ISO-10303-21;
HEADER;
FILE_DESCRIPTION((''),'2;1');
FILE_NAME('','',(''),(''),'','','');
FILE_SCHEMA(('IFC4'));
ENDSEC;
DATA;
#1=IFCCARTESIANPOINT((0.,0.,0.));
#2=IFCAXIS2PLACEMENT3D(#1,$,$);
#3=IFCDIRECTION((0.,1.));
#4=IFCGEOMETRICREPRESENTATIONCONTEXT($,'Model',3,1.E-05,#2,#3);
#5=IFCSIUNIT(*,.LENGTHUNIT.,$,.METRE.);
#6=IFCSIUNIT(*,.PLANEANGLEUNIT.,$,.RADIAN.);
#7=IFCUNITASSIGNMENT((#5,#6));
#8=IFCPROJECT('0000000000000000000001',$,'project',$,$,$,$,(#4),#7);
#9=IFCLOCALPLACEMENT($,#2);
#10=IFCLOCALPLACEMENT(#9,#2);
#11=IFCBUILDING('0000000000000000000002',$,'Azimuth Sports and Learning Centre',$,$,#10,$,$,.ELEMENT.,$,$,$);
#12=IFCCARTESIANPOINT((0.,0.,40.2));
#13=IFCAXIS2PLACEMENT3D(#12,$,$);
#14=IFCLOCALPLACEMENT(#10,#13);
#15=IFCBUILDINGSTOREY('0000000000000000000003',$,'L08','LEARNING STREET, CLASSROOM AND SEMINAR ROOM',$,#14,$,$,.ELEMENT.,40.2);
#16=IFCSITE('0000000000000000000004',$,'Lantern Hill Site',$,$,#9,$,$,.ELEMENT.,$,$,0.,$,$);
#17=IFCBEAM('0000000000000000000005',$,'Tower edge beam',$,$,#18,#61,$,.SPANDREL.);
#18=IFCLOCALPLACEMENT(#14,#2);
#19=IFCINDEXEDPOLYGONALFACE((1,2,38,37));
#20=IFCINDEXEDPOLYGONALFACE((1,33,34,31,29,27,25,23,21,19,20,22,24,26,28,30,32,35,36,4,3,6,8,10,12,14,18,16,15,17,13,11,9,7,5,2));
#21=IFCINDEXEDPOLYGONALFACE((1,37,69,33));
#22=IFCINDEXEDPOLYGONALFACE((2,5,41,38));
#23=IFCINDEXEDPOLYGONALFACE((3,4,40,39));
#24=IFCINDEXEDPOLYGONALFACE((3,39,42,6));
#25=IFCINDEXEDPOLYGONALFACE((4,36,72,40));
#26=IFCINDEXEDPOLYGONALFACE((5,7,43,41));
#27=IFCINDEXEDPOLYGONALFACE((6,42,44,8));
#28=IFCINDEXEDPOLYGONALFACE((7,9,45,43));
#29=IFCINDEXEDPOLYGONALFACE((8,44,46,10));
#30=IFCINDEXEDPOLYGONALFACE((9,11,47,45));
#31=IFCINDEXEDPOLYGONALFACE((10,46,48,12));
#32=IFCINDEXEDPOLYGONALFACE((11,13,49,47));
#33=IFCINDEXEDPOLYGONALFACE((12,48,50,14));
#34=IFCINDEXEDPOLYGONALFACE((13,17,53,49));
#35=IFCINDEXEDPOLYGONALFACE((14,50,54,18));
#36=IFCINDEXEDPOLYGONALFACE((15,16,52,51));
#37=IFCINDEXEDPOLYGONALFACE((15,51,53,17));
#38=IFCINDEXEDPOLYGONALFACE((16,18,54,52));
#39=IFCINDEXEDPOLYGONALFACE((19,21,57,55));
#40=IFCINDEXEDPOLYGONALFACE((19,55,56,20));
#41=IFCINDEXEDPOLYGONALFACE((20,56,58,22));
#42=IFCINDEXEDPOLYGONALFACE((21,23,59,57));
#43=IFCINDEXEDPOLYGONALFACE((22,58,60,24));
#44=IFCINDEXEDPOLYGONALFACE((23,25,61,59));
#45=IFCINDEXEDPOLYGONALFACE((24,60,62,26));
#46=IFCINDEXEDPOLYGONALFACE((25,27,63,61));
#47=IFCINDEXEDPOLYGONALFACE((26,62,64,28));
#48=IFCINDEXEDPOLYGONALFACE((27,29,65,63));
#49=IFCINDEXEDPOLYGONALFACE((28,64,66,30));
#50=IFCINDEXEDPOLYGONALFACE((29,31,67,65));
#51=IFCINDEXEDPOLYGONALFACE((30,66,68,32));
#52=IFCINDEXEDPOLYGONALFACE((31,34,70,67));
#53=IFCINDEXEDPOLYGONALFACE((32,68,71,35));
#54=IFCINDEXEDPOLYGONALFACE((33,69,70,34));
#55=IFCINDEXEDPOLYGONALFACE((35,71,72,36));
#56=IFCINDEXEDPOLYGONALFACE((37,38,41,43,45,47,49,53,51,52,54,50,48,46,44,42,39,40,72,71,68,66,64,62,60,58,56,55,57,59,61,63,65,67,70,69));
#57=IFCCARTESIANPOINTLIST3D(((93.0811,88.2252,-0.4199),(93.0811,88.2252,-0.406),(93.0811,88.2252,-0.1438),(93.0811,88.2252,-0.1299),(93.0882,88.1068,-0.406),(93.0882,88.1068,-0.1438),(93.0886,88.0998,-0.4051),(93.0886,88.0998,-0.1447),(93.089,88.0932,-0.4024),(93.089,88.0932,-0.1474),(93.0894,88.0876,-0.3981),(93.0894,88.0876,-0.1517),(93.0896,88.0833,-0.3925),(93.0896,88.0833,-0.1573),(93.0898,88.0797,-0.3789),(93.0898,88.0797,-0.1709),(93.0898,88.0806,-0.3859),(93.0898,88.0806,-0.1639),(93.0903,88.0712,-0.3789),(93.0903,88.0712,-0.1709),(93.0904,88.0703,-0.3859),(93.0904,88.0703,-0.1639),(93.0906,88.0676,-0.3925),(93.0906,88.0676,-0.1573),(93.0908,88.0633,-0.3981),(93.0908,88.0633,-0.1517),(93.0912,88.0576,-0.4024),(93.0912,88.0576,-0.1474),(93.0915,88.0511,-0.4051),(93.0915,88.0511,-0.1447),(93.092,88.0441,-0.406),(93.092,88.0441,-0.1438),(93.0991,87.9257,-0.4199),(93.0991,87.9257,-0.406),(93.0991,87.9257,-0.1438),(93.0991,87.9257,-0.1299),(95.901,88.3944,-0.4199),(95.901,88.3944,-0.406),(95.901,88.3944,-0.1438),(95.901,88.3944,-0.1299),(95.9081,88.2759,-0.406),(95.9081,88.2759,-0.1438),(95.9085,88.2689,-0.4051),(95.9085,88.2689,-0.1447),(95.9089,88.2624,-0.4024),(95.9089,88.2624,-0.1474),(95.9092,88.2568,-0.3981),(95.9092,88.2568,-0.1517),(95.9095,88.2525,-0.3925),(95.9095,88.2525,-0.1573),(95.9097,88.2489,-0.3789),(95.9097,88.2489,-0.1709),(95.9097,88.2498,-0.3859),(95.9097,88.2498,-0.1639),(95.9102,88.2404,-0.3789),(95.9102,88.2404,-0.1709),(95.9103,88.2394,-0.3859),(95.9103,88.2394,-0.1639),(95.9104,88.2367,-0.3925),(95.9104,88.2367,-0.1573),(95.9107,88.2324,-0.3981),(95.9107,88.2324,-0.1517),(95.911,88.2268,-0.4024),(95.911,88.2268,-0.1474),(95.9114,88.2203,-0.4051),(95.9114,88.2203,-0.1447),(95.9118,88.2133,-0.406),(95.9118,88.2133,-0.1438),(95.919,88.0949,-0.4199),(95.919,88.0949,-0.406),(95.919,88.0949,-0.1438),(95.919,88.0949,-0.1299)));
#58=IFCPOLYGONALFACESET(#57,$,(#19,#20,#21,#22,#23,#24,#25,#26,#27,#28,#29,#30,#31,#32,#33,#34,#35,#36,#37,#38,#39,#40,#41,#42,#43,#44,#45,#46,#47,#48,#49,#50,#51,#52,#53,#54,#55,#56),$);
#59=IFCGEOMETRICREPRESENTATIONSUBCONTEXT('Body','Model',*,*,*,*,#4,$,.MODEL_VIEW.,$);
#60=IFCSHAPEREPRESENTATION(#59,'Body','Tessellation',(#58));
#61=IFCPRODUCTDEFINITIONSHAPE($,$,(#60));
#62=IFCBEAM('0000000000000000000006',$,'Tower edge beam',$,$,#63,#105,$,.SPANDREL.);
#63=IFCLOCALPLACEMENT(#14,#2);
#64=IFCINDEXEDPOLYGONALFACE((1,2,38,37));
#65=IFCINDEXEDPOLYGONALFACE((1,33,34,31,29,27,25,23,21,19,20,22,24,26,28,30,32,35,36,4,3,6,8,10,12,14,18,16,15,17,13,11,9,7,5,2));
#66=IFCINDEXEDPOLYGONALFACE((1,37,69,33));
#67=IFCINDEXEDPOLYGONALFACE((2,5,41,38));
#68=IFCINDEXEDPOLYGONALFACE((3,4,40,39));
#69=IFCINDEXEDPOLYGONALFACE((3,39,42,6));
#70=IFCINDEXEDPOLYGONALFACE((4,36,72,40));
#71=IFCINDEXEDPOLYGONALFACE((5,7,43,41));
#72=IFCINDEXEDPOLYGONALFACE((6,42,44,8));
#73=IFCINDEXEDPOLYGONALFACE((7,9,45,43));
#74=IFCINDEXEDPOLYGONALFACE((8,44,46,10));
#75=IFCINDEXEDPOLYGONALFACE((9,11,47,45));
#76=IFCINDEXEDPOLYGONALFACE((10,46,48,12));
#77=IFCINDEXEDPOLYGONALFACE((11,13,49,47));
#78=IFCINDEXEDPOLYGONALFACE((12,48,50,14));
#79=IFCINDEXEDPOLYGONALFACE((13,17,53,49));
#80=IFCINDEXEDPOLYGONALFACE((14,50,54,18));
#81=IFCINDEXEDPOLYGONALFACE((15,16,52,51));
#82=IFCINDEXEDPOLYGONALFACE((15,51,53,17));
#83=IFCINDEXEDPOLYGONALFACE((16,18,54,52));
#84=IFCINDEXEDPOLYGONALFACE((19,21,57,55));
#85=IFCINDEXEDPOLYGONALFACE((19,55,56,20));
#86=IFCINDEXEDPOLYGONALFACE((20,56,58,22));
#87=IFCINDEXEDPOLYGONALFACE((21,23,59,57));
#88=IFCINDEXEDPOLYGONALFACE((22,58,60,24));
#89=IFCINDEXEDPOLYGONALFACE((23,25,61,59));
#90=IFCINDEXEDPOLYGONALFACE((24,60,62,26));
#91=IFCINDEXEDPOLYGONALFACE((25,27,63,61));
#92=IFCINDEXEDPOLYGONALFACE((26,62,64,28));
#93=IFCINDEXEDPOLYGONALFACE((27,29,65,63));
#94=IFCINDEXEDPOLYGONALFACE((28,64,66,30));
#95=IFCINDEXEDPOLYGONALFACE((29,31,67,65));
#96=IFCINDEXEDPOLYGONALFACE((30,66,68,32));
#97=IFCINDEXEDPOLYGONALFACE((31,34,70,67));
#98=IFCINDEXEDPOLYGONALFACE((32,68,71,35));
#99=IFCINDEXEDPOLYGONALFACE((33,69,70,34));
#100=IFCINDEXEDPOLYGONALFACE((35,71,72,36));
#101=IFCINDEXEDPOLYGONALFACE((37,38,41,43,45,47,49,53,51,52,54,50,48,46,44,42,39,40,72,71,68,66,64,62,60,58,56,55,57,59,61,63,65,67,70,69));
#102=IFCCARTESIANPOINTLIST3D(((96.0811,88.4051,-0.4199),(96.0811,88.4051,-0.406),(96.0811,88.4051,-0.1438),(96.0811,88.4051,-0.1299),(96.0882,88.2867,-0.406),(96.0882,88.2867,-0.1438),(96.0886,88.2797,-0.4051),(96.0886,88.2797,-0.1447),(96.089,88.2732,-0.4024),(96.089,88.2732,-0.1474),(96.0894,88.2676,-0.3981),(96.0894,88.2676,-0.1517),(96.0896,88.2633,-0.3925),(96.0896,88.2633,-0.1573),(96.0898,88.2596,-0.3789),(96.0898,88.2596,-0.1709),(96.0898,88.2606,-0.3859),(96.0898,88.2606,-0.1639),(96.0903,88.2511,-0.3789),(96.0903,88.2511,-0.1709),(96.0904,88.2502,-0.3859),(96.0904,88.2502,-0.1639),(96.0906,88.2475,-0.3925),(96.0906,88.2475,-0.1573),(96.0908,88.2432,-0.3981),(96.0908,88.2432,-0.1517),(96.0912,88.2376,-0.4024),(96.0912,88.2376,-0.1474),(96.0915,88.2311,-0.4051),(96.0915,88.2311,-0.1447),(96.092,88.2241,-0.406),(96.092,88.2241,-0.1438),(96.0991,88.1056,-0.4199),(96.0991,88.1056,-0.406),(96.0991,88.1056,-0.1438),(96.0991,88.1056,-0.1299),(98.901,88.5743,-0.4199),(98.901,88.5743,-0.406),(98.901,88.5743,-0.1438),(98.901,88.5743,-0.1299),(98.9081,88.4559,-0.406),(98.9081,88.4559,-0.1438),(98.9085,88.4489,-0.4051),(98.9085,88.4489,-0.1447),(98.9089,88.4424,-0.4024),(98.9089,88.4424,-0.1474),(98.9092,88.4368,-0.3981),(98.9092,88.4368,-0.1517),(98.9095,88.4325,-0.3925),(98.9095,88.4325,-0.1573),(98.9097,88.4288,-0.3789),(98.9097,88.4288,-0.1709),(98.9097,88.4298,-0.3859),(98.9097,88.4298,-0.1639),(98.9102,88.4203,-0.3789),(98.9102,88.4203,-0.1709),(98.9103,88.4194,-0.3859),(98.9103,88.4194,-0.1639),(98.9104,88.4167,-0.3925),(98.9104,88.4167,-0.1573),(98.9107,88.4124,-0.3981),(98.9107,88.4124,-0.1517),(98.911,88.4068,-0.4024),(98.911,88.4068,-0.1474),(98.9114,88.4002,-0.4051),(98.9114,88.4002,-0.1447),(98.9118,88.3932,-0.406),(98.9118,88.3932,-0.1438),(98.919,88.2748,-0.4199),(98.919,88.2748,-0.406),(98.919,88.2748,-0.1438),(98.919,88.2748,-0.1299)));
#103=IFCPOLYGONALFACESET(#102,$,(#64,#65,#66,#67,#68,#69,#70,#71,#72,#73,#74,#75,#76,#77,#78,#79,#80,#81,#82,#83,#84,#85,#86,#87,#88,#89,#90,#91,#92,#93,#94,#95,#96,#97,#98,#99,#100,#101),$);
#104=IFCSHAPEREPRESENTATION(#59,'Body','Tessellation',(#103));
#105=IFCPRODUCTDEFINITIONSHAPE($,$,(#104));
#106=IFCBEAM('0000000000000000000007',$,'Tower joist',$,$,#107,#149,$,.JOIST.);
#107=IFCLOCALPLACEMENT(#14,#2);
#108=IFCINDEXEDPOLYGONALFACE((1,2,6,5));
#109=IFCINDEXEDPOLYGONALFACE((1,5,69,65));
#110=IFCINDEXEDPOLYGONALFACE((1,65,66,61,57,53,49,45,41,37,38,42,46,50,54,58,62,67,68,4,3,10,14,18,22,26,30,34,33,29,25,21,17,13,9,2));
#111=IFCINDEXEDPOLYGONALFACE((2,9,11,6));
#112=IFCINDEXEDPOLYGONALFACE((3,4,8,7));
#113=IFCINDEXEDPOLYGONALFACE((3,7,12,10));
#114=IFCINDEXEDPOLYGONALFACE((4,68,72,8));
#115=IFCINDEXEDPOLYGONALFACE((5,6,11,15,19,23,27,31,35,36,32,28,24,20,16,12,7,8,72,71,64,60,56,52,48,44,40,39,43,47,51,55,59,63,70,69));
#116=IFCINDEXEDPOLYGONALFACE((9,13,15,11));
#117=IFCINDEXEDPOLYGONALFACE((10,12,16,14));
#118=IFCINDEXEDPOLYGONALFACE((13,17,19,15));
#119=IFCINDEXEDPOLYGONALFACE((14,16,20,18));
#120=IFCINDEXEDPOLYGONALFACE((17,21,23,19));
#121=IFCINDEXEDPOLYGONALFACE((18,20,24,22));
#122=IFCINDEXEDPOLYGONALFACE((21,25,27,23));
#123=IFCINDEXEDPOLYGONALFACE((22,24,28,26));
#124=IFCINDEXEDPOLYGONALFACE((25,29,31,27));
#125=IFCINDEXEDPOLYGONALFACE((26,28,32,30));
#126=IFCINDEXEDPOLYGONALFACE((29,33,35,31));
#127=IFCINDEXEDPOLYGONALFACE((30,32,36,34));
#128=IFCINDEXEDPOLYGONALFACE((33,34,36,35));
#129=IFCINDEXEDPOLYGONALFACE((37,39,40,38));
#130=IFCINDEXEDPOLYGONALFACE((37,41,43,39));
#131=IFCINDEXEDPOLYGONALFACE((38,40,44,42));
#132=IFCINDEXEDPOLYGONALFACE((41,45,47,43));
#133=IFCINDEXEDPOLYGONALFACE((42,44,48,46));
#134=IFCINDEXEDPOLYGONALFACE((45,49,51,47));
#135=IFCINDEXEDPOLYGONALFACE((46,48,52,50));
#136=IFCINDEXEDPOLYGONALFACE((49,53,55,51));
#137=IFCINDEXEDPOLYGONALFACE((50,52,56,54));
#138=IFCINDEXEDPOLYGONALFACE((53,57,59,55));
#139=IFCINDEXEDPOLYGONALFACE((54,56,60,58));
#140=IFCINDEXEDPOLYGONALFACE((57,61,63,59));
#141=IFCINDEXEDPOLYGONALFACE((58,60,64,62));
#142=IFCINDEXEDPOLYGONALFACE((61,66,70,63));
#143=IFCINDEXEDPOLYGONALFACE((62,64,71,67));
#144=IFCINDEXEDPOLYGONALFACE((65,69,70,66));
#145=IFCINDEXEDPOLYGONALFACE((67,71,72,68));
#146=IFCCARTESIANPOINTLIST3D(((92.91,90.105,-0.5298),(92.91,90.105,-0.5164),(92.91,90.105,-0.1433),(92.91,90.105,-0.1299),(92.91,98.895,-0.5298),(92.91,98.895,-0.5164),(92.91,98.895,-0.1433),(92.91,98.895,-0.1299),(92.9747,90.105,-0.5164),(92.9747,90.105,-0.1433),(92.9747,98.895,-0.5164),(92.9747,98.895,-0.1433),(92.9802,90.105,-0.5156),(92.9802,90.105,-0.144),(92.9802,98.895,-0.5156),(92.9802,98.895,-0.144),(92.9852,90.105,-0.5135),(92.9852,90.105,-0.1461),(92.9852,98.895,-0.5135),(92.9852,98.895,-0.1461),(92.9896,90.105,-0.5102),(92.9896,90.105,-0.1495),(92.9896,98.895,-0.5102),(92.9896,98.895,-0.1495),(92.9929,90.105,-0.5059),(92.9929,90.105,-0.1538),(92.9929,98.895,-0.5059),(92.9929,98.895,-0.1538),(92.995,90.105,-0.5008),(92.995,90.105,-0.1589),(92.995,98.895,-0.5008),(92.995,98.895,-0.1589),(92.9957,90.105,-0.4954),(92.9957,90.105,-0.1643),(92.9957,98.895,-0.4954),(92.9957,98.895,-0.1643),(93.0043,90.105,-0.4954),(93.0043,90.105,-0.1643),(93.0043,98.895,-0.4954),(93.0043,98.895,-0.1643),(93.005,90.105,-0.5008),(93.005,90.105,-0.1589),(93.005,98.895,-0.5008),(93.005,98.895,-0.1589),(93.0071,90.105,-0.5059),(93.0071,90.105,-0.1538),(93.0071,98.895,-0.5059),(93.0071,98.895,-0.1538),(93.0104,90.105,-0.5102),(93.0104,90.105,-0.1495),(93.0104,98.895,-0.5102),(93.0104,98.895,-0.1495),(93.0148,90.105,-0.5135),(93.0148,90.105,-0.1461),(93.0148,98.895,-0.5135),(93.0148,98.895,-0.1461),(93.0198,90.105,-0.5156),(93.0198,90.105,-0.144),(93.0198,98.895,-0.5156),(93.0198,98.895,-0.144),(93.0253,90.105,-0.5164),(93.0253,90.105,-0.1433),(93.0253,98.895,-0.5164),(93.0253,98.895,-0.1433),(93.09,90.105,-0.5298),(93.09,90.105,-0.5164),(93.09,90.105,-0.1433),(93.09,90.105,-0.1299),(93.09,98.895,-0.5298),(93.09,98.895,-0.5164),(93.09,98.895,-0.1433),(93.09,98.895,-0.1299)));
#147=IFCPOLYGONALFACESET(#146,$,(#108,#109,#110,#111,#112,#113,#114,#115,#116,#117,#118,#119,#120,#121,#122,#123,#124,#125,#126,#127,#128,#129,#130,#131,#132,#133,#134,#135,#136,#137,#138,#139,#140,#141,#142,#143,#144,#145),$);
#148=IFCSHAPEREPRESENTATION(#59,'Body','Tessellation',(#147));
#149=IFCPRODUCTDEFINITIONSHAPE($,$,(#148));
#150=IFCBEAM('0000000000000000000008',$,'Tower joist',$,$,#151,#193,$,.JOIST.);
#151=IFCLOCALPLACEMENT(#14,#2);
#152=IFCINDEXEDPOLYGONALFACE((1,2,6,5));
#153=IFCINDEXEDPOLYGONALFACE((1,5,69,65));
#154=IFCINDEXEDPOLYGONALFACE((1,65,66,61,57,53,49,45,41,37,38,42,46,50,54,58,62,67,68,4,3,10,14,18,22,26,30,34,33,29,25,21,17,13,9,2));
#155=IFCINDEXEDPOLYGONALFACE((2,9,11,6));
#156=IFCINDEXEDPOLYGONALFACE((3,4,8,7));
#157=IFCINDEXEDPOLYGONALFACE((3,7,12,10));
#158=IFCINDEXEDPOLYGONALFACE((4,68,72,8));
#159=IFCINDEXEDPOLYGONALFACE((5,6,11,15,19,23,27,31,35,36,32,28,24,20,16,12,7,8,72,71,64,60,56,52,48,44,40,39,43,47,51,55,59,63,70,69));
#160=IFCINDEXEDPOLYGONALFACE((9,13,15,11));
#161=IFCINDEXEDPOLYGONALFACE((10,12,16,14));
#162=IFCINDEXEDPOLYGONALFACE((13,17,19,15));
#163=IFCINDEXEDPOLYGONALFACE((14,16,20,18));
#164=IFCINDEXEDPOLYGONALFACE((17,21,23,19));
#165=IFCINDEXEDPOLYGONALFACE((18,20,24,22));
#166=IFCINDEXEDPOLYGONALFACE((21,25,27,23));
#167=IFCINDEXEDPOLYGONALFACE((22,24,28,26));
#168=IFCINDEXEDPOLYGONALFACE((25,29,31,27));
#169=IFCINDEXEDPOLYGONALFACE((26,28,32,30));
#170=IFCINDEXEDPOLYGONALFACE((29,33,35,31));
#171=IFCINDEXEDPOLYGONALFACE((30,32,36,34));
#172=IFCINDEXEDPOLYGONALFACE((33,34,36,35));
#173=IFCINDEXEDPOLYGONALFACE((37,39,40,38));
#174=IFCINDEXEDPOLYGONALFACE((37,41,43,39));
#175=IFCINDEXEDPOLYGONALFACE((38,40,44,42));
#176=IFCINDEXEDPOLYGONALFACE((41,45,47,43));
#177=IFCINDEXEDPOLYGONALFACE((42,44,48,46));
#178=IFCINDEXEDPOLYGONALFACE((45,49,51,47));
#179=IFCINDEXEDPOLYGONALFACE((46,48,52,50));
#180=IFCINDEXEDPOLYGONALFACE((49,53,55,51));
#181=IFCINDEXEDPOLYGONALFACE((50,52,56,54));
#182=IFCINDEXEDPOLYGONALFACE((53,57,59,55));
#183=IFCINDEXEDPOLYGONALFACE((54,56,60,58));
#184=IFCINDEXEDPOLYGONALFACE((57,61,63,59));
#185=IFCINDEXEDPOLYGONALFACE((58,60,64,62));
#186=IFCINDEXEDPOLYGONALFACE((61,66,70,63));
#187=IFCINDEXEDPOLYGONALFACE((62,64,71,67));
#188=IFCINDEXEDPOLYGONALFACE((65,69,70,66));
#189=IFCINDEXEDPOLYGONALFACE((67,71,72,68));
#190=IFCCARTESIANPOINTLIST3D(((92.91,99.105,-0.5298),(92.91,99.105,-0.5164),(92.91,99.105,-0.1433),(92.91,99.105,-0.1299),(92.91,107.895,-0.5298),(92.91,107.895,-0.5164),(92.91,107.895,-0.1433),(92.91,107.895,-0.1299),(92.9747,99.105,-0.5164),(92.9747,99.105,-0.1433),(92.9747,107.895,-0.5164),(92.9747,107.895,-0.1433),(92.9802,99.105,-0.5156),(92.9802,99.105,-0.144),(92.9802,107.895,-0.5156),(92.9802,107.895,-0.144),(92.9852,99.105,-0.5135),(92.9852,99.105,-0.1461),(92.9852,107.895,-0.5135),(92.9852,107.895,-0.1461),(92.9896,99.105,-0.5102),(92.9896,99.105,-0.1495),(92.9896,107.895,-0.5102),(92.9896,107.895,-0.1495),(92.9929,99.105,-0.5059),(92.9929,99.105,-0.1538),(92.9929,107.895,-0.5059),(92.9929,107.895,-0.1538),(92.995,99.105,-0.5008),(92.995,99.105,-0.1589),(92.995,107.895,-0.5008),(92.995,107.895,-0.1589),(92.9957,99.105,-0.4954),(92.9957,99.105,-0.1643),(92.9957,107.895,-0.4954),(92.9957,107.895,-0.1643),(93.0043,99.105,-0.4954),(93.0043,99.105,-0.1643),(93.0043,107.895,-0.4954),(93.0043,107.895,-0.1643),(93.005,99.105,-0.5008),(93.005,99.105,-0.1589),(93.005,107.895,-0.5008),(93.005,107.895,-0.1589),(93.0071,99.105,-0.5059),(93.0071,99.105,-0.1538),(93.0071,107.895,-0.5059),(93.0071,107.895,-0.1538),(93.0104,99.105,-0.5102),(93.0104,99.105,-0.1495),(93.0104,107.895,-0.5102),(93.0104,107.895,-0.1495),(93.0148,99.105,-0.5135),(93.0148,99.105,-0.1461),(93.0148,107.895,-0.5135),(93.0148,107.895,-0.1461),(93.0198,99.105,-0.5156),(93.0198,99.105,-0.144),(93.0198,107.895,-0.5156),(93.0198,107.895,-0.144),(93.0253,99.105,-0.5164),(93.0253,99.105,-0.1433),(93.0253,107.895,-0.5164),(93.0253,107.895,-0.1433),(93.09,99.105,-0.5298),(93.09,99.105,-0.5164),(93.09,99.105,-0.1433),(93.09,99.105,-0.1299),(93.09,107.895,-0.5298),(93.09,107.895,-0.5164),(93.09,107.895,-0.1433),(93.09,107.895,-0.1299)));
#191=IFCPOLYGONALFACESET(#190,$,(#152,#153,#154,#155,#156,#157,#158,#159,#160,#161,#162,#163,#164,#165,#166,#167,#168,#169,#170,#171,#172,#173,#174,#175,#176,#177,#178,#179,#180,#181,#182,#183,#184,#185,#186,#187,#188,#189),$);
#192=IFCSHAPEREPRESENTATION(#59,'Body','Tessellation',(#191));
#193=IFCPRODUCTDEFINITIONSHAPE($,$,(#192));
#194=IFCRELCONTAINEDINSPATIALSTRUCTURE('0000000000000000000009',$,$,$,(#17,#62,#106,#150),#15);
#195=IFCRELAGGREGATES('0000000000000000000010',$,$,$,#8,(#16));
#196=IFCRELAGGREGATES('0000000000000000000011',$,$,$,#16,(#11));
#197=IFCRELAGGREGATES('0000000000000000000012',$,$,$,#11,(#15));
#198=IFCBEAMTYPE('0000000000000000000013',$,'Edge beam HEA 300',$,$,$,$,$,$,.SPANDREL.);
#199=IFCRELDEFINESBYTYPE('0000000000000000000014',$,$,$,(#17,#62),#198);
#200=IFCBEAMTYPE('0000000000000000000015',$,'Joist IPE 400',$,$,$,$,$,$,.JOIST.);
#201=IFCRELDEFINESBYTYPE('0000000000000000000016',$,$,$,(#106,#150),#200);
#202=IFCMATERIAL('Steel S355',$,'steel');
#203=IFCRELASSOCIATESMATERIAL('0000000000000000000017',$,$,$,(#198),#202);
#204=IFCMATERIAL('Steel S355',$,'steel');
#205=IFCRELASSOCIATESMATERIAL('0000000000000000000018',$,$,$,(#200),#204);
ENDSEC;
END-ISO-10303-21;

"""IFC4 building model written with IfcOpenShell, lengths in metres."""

from ifc_helpers import new_model, si_unit, direction, frame, origin, origin_2d, place, context, subcontext, project, spatial, i_section, extrude, material, material_profile, profile_set, type_object, element, save


model = new_model("IFC4")

# Units and contexts
model_context = context("Model", 3, precision=1e-05, world=origin(), true_north=direction((0.0, 1.0)))
body_context = subcontext(model_context, "Body", "Model", "MODEL_VIEW")
ifc_project = project(units=[si_unit("LENGTHUNIT", "METRE"), si_unit("PLANEANGLEUNIT", "RADIAN")], contexts=[model_context])

# Site, building, storey
site_placement = place(None, origin())
site = spatial("IfcSite", under=ifc_project, at=site_placement, Name="Lantern Hill Site", CompositionType="ELEMENT", RefElevation=0.0)
building_placement = place(site_placement, origin())
building = spatial("IfcBuilding", under=site, at=building_placement, Name="Azimuth Sports and Learning Centre", CompositionType="ELEMENT")
storey_placement = place(building_placement, frame((0.0, 0.0, 40.2)))
storey = spatial("IfcBuildingStorey", under=building, at=storey_placement, Name="L08", Description="LEARNING STREET, CLASSROOM AND SEMINAR ROOM", CompositionType="ELEMENT", Elevation=40.2)

# Beams
ifc_material_1 = material(Name="Steel S355", Category="steel")
ifc_material_profile_1 = material_profile(ifc_material_1, i_section(OverallWidth=0.3, OverallDepth=0.29, WebThickness=0.0085, FlangeThickness=0.0139, FilletRadius=0.0271, at=origin_2d()), Name="HEA 300")
ifc_profile_set_1 = profile_set([ifc_material_profile_1], Name="Steel S355")
beam_type_1 = type_object("IfcBeamType", Name="Edge beam HEA 300", PredefinedType="SPANDREL", material=ifc_profile_set_1)
for number, where, z_axis, x_axis, name in (
    (1, (93.0901, 88.0754, -0.2749), (0.998205, 0.059892, 0.0), (-0.059892, 0.998205, 0.0), "Tower edge beam"),
    (2, (96.0901, 88.2554, -0.2749), (0.998205, 0.059892, 0.0), (-0.059892, 0.998205, 0.0), "Tower edge beam"),
):
    element("IfcBeam", number, at=place(storey_placement, frame(where, z_axis=z_axis, x_axis=x_axis)), inside=storey, type_object=beam_type_1, Name=name, PredefinedType="SPANDREL", context=body_context, shape_type="SweptSolid", body=[
        extrude(i_section(OverallWidth=0.3, OverallDepth=0.29, WebThickness=0.0085, FlangeThickness=0.0139, FilletRadius=0.0271, at=origin_2d()), origin(), (0.0, 0.0, 1.0), 2.825),
    ])
ifc_material_2 = material(Name="Steel S355", Category="steel")
ifc_material_profile_2 = material_profile(ifc_material_2, i_section(OverallWidth=0.1799, OverallDepth=0.3999, WebThickness=0.0085, FlangeThickness=0.0134, FilletRadius=0.021, at=origin_2d()), Name="IPE 400")
ifc_profile_set_2 = profile_set([ifc_material_profile_2], Name="Steel S355")
beam_type_2 = type_object("IfcBeamType", Name="Joist IPE 400", PredefinedType="JOIST", material=ifc_profile_set_2)
for number, where, z_axis, x_axis, name in (
    (3, (93.0, 90.105, -0.3298), (0.0, 1.0, 0.0), (-1.0, 0.0, 0.0), "Tower joist"),
    (4, (93.0, 99.105, -0.3298), (0.0, 1.0, 0.0), (-1.0, 0.0, 0.0), "Tower joist"),
):
    element("IfcBeam", number, at=place(storey_placement, frame(where, z_axis=z_axis, x_axis=x_axis)), inside=storey, type_object=beam_type_2, Name=name, PredefinedType="JOIST", context=body_context, shape_type="SweptSolid", body=[
        extrude(i_section(OverallWidth=0.1799, OverallDepth=0.3999, WebThickness=0.0085, FlangeThickness=0.0134, FilletRadius=0.021, at=origin_2d()), origin(), (0.0, 0.0, 1.0), 8.79),
    ])

save(model, "model.ifc")
